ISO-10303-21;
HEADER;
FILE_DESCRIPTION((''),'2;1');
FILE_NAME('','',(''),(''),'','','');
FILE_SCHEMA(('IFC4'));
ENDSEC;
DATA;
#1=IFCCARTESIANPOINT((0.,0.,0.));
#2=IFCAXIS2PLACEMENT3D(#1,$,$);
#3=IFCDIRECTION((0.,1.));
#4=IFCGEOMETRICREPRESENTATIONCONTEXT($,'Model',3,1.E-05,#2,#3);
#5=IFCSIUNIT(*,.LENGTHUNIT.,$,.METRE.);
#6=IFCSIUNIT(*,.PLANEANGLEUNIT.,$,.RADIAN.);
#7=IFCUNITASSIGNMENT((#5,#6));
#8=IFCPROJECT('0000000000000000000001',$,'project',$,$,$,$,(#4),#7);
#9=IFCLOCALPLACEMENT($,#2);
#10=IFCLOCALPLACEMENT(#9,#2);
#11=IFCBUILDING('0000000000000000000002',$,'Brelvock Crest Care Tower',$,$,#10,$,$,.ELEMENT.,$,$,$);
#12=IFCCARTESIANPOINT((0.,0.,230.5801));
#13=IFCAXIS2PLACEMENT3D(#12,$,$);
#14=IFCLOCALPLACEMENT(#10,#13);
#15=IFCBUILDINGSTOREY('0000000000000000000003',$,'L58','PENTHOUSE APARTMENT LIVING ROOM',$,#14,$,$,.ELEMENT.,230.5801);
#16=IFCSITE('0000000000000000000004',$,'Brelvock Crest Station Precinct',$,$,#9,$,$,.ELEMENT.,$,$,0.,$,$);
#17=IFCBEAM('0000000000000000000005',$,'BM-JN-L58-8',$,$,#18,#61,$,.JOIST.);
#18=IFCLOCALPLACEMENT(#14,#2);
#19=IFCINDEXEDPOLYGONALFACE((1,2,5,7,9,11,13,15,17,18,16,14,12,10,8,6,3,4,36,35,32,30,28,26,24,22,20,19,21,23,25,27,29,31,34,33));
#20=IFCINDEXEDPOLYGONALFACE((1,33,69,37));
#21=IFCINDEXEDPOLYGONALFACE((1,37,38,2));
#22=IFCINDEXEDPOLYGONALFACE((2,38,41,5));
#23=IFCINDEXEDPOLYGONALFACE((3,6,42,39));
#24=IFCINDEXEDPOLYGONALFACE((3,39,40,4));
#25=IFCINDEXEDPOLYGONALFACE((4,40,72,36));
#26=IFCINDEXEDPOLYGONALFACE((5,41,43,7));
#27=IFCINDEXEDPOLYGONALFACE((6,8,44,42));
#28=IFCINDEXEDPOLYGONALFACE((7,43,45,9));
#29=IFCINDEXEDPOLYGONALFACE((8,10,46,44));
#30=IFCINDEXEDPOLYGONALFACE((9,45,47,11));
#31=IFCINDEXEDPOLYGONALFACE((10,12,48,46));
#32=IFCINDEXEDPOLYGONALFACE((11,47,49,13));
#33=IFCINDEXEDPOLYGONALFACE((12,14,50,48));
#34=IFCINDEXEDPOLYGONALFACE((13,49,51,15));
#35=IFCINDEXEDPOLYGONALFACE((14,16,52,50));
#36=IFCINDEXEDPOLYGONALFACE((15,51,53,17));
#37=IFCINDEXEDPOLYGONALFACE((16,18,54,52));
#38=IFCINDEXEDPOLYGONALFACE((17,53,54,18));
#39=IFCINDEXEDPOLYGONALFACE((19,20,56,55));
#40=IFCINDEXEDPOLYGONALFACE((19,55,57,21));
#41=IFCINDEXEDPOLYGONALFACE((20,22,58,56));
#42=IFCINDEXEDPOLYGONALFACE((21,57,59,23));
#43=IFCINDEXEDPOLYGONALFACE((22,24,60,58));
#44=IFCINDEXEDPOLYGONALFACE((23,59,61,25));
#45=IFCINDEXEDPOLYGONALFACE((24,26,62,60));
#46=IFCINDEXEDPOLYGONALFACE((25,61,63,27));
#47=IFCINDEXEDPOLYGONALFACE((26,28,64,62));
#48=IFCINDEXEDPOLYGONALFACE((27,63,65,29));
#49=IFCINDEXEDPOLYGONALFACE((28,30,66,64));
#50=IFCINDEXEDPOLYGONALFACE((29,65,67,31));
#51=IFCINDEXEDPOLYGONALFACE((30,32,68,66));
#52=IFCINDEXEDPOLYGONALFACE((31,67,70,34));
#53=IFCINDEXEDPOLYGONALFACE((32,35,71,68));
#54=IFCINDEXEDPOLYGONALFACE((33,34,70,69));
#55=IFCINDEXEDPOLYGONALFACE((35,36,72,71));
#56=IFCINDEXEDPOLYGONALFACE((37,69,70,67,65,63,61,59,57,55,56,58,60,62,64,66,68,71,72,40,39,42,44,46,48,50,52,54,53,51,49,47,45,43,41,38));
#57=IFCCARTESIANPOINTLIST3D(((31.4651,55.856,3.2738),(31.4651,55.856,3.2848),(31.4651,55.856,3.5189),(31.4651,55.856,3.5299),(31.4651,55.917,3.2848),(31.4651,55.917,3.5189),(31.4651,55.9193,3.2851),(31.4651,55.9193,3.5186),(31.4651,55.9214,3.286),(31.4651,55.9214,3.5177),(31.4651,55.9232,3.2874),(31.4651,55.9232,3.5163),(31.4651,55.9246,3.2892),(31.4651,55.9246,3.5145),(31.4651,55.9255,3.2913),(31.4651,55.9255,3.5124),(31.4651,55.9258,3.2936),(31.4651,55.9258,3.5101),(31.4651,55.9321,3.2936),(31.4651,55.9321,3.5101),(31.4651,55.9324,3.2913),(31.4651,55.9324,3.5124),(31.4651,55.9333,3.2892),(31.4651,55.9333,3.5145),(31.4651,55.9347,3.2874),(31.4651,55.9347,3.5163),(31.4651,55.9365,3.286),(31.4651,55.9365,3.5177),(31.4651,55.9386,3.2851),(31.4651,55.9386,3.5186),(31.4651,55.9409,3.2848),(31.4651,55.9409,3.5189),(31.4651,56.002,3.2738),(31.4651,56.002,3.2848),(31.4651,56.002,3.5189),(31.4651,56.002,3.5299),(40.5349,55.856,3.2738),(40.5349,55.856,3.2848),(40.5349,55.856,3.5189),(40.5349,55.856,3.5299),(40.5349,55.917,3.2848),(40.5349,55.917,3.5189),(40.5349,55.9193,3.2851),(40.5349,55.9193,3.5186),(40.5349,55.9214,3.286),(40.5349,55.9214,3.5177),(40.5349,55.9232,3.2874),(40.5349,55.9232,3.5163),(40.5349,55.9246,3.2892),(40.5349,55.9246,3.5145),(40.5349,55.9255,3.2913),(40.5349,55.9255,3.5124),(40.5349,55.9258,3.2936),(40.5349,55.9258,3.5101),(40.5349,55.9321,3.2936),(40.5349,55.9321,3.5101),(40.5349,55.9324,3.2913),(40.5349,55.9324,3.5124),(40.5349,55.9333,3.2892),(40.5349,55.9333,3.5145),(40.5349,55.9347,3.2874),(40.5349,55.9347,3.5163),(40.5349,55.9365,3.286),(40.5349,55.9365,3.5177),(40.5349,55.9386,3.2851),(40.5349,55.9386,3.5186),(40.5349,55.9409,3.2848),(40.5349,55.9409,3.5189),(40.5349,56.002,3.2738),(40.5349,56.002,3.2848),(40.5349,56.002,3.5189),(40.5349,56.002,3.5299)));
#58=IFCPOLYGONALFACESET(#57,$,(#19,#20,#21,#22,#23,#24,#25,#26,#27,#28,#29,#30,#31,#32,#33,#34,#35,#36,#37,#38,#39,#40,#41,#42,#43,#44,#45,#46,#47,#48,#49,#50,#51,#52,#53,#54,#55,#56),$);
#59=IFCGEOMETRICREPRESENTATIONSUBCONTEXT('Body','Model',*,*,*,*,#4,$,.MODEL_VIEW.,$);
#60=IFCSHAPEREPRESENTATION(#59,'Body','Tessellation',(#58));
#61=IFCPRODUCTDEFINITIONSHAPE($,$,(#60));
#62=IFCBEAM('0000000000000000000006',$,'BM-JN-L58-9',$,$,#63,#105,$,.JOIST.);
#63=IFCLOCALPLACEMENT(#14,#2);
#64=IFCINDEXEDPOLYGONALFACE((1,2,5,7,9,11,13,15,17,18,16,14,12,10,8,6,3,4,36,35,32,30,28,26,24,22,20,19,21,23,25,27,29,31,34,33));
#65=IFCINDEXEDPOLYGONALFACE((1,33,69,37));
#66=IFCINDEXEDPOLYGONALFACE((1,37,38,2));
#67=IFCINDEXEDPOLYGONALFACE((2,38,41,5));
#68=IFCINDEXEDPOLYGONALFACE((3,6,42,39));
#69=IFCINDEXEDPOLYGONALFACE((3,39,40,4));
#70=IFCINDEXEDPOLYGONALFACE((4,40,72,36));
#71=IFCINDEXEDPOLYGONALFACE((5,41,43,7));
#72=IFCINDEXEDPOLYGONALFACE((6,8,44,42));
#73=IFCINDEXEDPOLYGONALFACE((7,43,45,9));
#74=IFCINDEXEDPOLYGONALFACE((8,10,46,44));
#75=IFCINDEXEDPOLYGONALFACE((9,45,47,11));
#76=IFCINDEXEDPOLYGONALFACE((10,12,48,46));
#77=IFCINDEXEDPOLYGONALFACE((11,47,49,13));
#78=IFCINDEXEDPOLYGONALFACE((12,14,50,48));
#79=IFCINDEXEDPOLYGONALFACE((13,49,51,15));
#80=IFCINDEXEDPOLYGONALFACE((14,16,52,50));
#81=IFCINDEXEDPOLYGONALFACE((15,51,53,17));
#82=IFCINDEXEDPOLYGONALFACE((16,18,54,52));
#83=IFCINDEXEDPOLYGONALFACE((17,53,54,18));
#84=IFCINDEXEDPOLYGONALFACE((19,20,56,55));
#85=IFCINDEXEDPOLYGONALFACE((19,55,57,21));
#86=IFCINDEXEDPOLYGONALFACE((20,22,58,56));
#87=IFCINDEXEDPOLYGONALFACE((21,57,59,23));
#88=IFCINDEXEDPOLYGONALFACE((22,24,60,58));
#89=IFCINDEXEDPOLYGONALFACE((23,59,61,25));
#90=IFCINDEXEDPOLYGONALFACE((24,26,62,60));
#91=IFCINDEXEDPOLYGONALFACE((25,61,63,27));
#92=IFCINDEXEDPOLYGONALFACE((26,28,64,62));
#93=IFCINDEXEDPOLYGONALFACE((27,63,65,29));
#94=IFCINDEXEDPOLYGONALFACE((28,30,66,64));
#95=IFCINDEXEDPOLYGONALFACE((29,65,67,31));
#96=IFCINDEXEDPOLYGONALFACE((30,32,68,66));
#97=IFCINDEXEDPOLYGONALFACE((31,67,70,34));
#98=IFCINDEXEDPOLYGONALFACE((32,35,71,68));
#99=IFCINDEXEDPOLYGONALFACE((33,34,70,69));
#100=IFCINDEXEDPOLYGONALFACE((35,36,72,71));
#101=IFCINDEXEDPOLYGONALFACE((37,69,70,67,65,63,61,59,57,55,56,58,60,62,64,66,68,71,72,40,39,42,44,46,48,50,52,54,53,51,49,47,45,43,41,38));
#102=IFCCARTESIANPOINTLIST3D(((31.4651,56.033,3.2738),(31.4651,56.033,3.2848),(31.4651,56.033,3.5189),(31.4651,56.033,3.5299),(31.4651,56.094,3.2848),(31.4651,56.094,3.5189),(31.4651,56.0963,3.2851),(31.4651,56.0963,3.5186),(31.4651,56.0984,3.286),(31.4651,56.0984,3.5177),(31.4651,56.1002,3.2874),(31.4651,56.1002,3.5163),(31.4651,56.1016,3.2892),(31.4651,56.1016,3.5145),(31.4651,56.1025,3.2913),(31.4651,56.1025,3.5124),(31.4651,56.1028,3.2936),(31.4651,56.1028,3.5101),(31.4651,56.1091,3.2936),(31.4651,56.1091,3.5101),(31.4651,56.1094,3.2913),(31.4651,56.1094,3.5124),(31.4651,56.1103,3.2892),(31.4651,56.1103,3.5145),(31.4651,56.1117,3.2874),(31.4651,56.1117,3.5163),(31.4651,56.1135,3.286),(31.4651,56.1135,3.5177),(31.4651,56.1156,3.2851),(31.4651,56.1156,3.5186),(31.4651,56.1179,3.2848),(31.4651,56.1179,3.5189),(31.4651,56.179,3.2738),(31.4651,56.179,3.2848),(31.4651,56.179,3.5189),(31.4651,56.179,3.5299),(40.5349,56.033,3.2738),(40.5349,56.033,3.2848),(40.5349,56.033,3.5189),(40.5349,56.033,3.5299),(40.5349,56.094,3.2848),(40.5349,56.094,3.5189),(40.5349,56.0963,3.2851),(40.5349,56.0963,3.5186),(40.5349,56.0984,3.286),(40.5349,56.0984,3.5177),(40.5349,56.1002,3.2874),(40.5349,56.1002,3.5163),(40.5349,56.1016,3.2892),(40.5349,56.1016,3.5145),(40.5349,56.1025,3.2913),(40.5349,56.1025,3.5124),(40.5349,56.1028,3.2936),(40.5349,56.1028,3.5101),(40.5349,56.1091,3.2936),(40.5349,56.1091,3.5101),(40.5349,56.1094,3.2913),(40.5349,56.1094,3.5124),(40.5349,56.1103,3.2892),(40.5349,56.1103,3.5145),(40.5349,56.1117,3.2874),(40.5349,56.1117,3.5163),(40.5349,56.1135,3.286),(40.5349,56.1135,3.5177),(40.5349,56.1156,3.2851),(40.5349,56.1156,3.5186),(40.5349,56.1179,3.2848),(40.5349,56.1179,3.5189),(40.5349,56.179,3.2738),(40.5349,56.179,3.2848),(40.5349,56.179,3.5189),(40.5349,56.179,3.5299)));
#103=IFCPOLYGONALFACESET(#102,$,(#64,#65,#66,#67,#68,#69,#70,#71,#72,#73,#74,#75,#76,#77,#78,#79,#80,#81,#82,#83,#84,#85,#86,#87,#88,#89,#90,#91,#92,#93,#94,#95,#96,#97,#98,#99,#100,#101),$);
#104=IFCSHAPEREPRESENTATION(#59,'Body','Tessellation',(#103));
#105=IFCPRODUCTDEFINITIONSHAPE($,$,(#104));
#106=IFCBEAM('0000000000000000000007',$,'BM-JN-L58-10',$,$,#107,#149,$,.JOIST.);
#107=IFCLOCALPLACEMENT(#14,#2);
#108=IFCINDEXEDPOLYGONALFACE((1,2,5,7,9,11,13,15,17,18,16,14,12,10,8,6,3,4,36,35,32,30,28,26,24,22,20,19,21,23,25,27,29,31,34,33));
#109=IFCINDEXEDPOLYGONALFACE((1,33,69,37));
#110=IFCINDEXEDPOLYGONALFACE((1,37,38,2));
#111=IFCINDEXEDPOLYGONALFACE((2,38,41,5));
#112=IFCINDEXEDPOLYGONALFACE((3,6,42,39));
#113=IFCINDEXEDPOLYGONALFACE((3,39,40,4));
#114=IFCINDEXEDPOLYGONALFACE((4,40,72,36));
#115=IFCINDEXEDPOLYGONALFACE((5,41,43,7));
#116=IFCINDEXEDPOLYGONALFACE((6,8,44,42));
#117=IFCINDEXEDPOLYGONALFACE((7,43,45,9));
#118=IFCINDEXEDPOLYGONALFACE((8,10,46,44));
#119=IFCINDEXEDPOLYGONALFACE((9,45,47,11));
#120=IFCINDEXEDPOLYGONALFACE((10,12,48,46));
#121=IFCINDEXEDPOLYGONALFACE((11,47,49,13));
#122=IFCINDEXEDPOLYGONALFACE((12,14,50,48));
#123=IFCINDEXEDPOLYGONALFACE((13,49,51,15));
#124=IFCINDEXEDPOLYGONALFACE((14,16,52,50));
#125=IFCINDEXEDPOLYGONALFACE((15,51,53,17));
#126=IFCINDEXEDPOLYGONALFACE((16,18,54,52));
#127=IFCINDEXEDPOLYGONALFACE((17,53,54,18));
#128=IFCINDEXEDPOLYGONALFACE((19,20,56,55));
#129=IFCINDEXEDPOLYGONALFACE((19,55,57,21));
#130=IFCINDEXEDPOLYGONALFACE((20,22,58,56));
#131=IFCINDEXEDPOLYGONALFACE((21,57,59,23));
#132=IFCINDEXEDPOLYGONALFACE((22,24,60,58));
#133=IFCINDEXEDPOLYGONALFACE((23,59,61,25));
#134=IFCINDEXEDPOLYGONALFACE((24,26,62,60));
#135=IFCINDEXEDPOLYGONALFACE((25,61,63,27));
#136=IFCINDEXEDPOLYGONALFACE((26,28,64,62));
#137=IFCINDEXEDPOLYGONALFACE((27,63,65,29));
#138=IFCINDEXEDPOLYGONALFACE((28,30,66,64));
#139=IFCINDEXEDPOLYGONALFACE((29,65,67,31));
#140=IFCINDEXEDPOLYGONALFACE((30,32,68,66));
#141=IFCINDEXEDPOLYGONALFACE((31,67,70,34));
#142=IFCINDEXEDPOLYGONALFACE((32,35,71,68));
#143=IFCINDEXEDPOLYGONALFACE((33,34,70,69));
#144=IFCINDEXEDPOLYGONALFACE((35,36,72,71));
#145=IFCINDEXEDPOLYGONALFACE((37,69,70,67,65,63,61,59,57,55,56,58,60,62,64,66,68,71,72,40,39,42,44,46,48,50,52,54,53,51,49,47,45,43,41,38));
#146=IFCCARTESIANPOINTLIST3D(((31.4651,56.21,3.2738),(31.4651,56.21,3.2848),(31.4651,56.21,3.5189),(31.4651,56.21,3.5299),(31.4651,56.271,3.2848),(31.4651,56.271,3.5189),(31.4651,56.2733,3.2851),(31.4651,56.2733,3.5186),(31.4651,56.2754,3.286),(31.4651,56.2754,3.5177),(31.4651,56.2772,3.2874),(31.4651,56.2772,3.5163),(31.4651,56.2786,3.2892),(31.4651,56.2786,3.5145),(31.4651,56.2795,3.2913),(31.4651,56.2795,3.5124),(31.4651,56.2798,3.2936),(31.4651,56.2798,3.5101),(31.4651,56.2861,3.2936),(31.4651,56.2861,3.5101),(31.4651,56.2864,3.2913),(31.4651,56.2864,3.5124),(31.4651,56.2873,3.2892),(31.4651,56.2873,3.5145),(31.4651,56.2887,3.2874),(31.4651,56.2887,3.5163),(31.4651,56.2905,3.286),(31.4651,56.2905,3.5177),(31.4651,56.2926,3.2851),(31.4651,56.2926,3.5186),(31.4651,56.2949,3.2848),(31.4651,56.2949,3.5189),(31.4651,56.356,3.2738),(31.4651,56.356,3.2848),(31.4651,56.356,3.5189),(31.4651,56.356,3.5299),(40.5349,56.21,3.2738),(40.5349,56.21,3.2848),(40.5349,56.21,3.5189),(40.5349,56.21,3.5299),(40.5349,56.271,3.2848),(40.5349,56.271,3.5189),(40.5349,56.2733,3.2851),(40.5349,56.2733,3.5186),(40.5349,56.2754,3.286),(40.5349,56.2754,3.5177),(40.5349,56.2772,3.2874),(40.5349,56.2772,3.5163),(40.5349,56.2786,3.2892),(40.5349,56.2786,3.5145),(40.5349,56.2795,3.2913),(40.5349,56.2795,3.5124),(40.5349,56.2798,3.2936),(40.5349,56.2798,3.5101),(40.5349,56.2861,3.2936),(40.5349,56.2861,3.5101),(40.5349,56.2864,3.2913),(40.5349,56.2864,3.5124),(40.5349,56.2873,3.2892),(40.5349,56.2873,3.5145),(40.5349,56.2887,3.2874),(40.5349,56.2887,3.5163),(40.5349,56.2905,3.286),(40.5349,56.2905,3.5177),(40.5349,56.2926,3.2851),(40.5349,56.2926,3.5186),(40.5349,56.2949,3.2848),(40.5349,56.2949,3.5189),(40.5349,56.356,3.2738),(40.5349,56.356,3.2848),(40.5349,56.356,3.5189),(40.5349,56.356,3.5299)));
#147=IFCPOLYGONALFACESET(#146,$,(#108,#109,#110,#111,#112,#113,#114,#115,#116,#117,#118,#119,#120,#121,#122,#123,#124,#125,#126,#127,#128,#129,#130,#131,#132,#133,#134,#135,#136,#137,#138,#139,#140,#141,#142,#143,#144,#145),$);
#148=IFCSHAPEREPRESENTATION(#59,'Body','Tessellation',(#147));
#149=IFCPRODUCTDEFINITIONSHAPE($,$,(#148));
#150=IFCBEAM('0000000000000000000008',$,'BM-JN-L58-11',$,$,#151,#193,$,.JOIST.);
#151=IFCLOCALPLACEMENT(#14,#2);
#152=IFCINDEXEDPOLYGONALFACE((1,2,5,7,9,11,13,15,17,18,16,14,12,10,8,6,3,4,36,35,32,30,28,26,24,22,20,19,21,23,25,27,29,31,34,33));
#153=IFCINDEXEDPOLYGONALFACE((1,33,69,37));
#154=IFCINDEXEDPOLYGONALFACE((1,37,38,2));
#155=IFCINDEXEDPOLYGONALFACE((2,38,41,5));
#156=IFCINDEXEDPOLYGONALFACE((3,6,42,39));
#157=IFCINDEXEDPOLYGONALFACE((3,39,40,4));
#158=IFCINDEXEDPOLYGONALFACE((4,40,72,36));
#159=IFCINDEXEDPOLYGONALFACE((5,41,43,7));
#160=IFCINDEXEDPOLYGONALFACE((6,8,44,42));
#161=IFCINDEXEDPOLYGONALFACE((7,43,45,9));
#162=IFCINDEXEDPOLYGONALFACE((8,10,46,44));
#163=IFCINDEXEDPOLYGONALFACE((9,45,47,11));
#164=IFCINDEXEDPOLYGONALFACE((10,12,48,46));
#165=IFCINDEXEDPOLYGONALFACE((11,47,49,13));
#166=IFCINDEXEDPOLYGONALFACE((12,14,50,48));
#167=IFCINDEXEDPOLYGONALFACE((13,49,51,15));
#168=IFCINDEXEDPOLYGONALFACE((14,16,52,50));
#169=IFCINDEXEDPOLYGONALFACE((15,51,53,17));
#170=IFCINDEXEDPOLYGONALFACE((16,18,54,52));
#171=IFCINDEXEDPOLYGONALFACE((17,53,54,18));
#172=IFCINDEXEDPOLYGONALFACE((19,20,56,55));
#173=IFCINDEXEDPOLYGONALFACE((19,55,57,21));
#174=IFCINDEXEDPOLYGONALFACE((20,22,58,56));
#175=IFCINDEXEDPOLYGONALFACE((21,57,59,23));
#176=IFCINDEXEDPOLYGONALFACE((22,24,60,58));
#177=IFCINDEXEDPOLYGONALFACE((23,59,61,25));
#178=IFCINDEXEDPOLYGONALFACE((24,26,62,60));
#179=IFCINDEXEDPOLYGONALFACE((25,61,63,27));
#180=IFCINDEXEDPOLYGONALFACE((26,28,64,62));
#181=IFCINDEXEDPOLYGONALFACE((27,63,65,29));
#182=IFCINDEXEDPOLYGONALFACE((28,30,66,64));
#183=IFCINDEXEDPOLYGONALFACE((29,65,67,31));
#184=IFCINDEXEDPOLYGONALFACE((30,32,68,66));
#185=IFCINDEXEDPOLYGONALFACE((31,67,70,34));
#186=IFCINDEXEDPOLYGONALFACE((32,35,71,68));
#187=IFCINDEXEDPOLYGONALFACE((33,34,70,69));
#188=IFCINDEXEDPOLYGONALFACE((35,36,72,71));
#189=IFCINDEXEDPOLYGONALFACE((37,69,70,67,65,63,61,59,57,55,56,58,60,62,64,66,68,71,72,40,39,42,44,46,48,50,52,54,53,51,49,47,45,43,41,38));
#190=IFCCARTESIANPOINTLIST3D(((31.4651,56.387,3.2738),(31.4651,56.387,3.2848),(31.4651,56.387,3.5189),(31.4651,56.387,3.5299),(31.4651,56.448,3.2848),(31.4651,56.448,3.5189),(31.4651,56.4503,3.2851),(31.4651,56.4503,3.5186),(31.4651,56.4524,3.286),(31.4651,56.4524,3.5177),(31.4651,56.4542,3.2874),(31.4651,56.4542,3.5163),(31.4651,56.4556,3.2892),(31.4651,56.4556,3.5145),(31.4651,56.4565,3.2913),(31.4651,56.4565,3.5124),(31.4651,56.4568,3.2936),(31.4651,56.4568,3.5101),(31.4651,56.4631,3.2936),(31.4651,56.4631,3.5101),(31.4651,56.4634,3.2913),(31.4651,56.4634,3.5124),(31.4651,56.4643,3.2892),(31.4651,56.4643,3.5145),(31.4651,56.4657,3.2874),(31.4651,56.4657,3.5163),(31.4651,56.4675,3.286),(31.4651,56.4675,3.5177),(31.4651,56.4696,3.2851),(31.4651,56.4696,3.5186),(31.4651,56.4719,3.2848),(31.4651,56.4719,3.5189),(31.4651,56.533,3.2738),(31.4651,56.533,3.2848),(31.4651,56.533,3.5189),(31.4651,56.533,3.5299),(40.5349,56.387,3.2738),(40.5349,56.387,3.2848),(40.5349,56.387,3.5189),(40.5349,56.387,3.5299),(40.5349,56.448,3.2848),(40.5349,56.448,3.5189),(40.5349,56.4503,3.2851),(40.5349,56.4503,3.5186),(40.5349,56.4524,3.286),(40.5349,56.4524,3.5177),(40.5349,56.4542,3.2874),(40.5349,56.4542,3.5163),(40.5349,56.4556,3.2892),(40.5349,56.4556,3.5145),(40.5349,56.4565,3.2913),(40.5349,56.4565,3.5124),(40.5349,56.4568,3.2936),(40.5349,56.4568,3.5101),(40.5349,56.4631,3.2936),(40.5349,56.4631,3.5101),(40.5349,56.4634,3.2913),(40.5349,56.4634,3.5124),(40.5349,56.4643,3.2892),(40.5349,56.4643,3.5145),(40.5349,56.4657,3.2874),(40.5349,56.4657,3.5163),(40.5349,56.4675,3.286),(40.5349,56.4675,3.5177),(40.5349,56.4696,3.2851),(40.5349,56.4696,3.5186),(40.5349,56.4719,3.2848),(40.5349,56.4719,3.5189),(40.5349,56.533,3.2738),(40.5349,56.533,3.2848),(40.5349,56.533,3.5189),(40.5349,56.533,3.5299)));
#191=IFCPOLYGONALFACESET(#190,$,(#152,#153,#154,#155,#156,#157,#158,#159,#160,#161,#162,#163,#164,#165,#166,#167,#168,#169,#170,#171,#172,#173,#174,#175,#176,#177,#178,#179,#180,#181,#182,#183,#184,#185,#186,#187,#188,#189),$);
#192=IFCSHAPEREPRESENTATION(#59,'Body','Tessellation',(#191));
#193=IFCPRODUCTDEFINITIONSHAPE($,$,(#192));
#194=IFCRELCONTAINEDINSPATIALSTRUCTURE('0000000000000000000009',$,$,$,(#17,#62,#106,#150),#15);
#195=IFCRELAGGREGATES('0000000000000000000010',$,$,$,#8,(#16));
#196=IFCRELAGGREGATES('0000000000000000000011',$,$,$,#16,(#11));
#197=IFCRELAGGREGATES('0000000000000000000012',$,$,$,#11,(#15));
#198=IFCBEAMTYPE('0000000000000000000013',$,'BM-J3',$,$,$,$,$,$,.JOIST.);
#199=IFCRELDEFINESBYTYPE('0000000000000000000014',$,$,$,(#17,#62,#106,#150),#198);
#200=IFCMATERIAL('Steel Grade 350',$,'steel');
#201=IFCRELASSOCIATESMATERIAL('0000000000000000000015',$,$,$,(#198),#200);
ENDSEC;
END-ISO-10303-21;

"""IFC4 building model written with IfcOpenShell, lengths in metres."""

from ifc_helpers import new_model, si_unit, direction, frame, origin, origin_2d, place, context, subcontext, project, spatial, i_section, extrude, source, transform, mapped, material, material_profile, profile_set, type_object, element, save


model = new_model("IFC4")

# Units and contexts
model_context = context("Model", 3, precision=1e-05, world=origin(), true_north=direction((0.0, 1.0)))
body_context = subcontext(model_context, "Body", "Model", "MODEL_VIEW")
ifc_project = project(units=[si_unit("LENGTHUNIT", "METRE"), si_unit("PLANEANGLEUNIT", "RADIAN")], contexts=[model_context])

# Site, building, storey
site_placement = place(None, origin())
site = spatial("IfcSite", under=ifc_project, at=site_placement, Name="Brelvock Crest Station Precinct", CompositionType="ELEMENT", RefElevation=0.0)
building_placement = place(site_placement, origin())
building = spatial("IfcBuilding", under=site, at=building_placement, Name="Brelvock Crest Care Tower", CompositionType="ELEMENT")
storey_placement = place(building_placement, frame((0.0, 0.0, 230.5801)))
storey = spatial("IfcBuildingStorey", under=building, at=storey_placement, Name="L58", Description="PENTHOUSE APARTMENT LIVING ROOM", CompositionType="ELEMENT", Elevation=230.5801)

# Shared definitions
ifc_material_1 = material(Name="Steel Grade 350", Category="steel")

# Beams
ifc_material_profile_1 = material_profile(ifc_material_1, i_section(OverallWidth=0.146, OverallDepth=0.2561, WebThickness=0.0063, FlangeThickness=0.011, FilletRadius=0.0088, at=origin_2d()), Name="250UB37.3")
ifc_profile_set_1 = profile_set([ifc_material_profile_1], Name="Steel Grade 350")
beam_type_1 = type_object("IfcBeamType", Name="BM-J3", PredefinedType="JOIST", material=ifc_profile_set_1)
shared_shape_1 = source(origin(), body_context, "Body", "SweptSolid", [
    extrude(i_section(OverallWidth=0.146, OverallDepth=0.2561, WebThickness=0.0063, FlangeThickness=0.011, FilletRadius=0.0088, at=origin_2d()), origin(), (0.0, 0.0, 1.0), 9.0698),
])
for number, where, z_axis, x_axis, name in (
    (1, (31.4651, 55.929, 3.4019), (1.0, 0.0, 0.0), (0.0, 1.0, 0.0), "BM-JN-L58-8"),
    (2, (31.4651, 56.106, 3.4019), (1.0, 0.0, 0.0), (0.0, 1.0, 0.0), "BM-JN-L58-9"),
    (3, (31.4651, 56.283, 3.4019), (1.0, 0.0, 0.0), (0.0, 1.0, 0.0), "BM-JN-L58-10"),
    (4, (31.4651, 56.46, 3.4019), (1.0, 0.0, 0.0), (0.0, 1.0, 0.0), "BM-JN-L58-11"),
):
    element("IfcBeam", number, at=place(storey_placement, frame(where, z_axis=z_axis, x_axis=x_axis)), inside=storey, type_object=beam_type_1, Name=name, PredefinedType="JOIST", context=body_context, shape_type="MappedRepresentation", body=[
        mapped(shared_shape_1, transform((0.0, 0.0, 0.0), x_axis=(1.0, 0.0, 0.0), y_axis=(0.0, 1.0, 0.0), z_axis=(0.0, 0.0, 1.0), scale=1.0)),
    ])

save(model, "model.ifc")
